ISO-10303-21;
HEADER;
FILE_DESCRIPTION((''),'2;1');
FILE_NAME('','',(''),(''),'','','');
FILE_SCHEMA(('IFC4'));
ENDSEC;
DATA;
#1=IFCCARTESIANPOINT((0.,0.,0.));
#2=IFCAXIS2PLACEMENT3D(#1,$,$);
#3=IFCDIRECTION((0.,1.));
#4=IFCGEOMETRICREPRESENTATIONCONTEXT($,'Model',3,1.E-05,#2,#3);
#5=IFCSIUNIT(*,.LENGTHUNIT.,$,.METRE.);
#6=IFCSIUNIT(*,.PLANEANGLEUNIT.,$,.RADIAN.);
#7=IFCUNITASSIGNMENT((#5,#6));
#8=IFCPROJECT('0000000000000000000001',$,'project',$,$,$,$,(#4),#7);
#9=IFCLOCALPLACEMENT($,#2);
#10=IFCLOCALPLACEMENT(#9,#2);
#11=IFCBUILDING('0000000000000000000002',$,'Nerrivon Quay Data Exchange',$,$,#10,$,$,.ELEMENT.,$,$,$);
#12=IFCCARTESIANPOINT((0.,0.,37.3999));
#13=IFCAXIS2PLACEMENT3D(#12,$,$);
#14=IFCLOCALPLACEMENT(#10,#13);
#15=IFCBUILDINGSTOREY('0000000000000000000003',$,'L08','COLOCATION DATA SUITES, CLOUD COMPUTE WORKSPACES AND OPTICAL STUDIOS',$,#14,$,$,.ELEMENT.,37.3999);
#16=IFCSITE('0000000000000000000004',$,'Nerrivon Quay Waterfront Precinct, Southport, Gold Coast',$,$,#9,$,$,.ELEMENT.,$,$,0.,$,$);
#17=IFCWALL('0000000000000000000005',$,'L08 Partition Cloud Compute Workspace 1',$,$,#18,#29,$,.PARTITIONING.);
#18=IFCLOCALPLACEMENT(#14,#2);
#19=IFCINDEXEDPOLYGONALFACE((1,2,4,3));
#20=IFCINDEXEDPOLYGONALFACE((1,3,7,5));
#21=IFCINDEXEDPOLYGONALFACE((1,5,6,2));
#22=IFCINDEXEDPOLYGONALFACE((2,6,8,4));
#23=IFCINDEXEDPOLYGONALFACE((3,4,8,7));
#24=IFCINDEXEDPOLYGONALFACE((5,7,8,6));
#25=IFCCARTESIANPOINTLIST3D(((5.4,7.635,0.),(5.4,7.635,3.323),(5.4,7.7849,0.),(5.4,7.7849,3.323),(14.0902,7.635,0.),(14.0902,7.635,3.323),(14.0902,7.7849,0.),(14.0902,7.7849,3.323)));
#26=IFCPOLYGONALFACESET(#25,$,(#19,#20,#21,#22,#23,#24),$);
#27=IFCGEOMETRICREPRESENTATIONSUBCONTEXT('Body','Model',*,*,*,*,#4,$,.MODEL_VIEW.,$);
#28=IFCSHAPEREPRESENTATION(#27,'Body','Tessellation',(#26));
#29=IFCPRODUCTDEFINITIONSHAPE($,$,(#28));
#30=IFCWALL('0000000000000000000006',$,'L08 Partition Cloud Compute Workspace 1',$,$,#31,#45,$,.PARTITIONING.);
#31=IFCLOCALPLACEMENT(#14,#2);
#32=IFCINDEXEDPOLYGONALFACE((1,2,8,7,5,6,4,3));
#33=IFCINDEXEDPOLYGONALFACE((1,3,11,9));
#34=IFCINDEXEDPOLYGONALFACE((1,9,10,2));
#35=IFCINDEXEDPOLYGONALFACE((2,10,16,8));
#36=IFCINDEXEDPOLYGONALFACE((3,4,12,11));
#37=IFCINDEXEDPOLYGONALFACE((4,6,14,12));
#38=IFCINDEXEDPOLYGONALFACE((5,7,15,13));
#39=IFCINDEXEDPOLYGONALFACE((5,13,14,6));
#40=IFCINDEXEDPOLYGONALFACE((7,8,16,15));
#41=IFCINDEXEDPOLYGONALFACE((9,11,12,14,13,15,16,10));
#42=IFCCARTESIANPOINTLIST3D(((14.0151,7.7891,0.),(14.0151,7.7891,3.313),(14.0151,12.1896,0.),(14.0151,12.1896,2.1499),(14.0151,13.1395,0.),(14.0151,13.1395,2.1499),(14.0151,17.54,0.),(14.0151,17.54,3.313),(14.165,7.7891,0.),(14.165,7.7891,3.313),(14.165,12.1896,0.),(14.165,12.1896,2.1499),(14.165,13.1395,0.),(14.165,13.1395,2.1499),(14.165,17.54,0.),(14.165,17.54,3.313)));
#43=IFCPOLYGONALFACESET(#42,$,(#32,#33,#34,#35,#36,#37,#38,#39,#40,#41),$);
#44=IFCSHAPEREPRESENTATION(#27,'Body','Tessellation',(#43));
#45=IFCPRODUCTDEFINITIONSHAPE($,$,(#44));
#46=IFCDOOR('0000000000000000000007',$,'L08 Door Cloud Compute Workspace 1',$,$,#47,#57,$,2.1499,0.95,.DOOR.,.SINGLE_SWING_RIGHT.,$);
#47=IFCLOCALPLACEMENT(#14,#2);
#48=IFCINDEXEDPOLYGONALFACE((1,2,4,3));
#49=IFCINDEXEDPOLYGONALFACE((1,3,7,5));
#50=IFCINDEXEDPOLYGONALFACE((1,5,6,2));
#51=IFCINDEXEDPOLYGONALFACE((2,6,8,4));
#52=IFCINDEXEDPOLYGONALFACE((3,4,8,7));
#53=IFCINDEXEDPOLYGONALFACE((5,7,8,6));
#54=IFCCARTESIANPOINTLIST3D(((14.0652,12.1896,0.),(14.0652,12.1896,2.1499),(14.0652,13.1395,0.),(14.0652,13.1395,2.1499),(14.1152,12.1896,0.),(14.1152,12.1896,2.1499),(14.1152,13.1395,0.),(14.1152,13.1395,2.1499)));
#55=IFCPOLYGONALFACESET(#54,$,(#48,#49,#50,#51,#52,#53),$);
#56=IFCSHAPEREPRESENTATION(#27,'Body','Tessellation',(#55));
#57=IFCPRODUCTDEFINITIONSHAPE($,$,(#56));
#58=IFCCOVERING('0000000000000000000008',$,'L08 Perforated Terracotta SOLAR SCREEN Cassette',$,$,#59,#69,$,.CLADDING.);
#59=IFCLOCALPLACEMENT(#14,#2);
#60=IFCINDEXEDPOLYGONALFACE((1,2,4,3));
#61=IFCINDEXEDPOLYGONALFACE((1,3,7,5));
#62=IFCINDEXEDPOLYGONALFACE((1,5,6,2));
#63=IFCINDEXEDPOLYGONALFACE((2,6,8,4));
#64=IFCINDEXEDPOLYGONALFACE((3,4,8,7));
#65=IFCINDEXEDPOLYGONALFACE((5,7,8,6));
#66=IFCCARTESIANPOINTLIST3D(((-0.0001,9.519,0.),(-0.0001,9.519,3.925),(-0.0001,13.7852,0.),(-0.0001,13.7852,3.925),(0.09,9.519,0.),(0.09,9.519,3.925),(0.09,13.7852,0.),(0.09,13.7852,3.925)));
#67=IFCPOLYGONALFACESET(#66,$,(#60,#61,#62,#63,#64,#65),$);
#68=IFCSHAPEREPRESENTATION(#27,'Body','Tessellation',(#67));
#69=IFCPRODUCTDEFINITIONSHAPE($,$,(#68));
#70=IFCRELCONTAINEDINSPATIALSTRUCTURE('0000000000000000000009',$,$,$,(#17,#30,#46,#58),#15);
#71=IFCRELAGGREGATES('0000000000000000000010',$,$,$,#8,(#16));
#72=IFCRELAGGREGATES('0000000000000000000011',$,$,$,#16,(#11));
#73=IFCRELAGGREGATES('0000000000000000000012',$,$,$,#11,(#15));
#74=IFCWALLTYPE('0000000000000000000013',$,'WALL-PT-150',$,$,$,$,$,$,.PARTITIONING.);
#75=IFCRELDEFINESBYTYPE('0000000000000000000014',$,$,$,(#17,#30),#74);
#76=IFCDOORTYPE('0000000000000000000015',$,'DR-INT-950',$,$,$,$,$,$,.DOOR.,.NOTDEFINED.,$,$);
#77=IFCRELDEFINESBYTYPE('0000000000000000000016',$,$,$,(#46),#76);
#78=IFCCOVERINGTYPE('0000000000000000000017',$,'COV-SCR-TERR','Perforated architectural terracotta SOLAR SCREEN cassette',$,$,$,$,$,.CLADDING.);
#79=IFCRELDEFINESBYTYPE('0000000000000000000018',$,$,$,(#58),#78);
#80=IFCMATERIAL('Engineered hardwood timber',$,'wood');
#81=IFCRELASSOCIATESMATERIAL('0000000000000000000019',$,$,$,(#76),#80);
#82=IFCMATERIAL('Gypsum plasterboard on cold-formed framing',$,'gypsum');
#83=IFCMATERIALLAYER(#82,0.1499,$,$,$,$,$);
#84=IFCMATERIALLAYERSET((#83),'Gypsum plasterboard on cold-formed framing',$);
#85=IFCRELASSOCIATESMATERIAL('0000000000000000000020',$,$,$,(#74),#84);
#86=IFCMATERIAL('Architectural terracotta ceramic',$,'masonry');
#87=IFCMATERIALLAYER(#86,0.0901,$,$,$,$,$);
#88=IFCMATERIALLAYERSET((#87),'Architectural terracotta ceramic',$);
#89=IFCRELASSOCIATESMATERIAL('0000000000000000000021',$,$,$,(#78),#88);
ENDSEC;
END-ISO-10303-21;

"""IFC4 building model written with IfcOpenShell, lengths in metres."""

from ifc_helpers import new_model, si_unit, direction, frame, frame_2d, origin, origin_2d, place, context, subcontext, project, spatial, rectangle, extrude, material, layer, layer_set, type_object, element, fill, save


model = new_model("IFC4")

# Units and contexts
model_context = context("Model", 3, precision=1e-05, world=origin(), true_north=direction((0.0, 1.0)))
body_context = subcontext(model_context, "Body", "Model", "MODEL_VIEW")
ifc_project = project(units=[si_unit("LENGTHUNIT", "METRE"), si_unit("PLANEANGLEUNIT", "RADIAN")], contexts=[model_context])

# Site, building, storey
site_placement = place(None, origin())
site = spatial("IfcSite", under=ifc_project, at=site_placement, Name="Nerrivon Quay Waterfront Precinct, Southport, Gold Coast", CompositionType="ELEMENT", RefElevation=0.0)
building_placement = place(site_placement, origin())
building = spatial("IfcBuilding", under=site, at=building_placement, Name="Nerrivon Quay Data Exchange", CompositionType="ELEMENT")
storey_placement = place(building_placement, frame((0.0, 0.0, 37.3999)))
storey = spatial("IfcBuildingStorey", under=building, at=storey_placement, Name="L08", Description="COLOCATION DATA SUITES, CLOUD COMPUTE WORKSPACES AND OPTICAL STUDIOS", CompositionType="ELEMENT", Elevation=37.3999)

# Shared definitions
ifc_material_1 = material(Name="Gypsum plasterboard on cold-formed framing", Category="gypsum")

# Shared definitions
ifc_material_2 = material(Name="Engineered hardwood timber", Category="wood")
door_type_1 = type_object("IfcDoorType", Name="DR-INT-950", OperationType="NOTDEFINED", PredefinedType="DOOR", material=ifc_material_2)

# Wall
ifc_layer_1 = layer(ifc_material_1, 0.1499)
ifc_layer_set_1 = layer_set([ifc_layer_1], Name="Gypsum plasterboard on cold-formed framing")
wall_type_1 = type_object("IfcWallType", Name="WALL-PT-150", PredefinedType="PARTITIONING", material=ifc_layer_set_1)
wall_1_placement = place(storey_placement, frame((5.3999, 7.71, 0.0), z_axis=(0.0, 0.0, 1.0), x_axis=(1.0, 0.0, 0.0)))
element("IfcWall", 1, at=wall_1_placement, inside=storey, type_object=wall_type_1, Name="L08 Partition Cloud Compute Workspace 1", PredefinedType="PARTITIONING", context=body_context, shape_type="SweptSolid", body=[
    extrude(rectangle(XDim=8.6902, YDim=0.1499, at=frame_2d((4.3452, 0.0))), origin(), (0.0, 0.0, 1.0), 3.323),
])

# Wall, opening, door
wall_2_placement = place(storey_placement, frame((14.0901, 7.7891, 0.0), z_axis=(0.0, 0.0, 1.0), x_axis=(0.0, 1.0, 0.0)))
wall_2 = element("IfcWall", 2, at=wall_2_placement, inside=storey, type_object=wall_type_1, Name="L08 Partition Cloud Compute Workspace 1", PredefinedType="PARTITIONING", context=body_context, shape_type="SweptSolid", body=[
    extrude(rectangle(XDim=9.751, YDim=0.1499, at=frame_2d((4.8755, 0.0))), origin(), (0.0, 0.0, 1.0), 3.313),
])
opening_1_placement = place(wall_2_placement, frame((4.4004, 0.0, 0.0)))
opening_1 = element("IfcOpeningElement", 3, at=opening_1_placement, cuts=wall_2, PredefinedType="OPENING", context=body_context, shape_type="SweptSolid", body=[
    extrude(rectangle(XDim=0.95, YDim=2.1499, at=frame_2d((0.4751, 1.075))), frame((0.0, 0.085, 0.0), z_axis=(0.0, -1.0, 0.0), x_axis=(1.0, 0.0, 0.0)), (0.0, 0.0, 1.0), 0.1699),
])
door_1_placement = place(opening_1_placement, origin())
door_1 = element("IfcDoor", 4, at=door_1_placement, inside=storey, type_object=door_type_1, Name="L08 Door Cloud Compute Workspace 1", OperationType="SINGLE_SWING_RIGHT", OverallHeight=2.1499, OverallWidth=0.95, PredefinedType="DOOR", context=body_context, shape_type="SweptSolid", body=[
    extrude(rectangle(XDim=0.95, YDim=2.1499, at=frame_2d((0.4751, 1.075))), frame((0.0, 0.0249, 0.0), z_axis=(0.0, -1.0, 0.0), x_axis=(1.0, 0.0, 0.0)), (0.0, 0.0, 1.0), 0.05),
])
fill(opening_1, door_1)

# Covering
ifc_material_3 = material(Name="Architectural terracotta ceramic", Category="masonry")
ifc_layer_2 = layer(ifc_material_3, 0.0901)
ifc_layer_set_2 = layer_set([ifc_layer_2], Name="Architectural terracotta ceramic")
covering_type = type_object("IfcCoveringType", Name="COV-SCR-TERR", Description="Perforated architectural terracotta SOLAR SCREEN cassette", PredefinedType="CLADDING", material=ifc_layer_set_2)
covering_placement = place(storey_placement, frame((0.0449, 11.6521, 0.0), z_axis=(0.0, 0.0, 1.0), x_axis=(0.0, 1.0, 0.0)))
element("IfcCovering", 5, at=covering_placement, inside=storey, type_object=covering_type, Name="L08 Perforated Terracotta SOLAR SCREEN Cassette", PredefinedType="CLADDING", context=body_context, shape_type="SweptSolid", body=[
    extrude(rectangle(XDim=4.2661, YDim=0.0901, at=origin_2d()), origin(), (0.0, 0.0, 1.0), 3.925),
])

save(model, "model.ifc")
